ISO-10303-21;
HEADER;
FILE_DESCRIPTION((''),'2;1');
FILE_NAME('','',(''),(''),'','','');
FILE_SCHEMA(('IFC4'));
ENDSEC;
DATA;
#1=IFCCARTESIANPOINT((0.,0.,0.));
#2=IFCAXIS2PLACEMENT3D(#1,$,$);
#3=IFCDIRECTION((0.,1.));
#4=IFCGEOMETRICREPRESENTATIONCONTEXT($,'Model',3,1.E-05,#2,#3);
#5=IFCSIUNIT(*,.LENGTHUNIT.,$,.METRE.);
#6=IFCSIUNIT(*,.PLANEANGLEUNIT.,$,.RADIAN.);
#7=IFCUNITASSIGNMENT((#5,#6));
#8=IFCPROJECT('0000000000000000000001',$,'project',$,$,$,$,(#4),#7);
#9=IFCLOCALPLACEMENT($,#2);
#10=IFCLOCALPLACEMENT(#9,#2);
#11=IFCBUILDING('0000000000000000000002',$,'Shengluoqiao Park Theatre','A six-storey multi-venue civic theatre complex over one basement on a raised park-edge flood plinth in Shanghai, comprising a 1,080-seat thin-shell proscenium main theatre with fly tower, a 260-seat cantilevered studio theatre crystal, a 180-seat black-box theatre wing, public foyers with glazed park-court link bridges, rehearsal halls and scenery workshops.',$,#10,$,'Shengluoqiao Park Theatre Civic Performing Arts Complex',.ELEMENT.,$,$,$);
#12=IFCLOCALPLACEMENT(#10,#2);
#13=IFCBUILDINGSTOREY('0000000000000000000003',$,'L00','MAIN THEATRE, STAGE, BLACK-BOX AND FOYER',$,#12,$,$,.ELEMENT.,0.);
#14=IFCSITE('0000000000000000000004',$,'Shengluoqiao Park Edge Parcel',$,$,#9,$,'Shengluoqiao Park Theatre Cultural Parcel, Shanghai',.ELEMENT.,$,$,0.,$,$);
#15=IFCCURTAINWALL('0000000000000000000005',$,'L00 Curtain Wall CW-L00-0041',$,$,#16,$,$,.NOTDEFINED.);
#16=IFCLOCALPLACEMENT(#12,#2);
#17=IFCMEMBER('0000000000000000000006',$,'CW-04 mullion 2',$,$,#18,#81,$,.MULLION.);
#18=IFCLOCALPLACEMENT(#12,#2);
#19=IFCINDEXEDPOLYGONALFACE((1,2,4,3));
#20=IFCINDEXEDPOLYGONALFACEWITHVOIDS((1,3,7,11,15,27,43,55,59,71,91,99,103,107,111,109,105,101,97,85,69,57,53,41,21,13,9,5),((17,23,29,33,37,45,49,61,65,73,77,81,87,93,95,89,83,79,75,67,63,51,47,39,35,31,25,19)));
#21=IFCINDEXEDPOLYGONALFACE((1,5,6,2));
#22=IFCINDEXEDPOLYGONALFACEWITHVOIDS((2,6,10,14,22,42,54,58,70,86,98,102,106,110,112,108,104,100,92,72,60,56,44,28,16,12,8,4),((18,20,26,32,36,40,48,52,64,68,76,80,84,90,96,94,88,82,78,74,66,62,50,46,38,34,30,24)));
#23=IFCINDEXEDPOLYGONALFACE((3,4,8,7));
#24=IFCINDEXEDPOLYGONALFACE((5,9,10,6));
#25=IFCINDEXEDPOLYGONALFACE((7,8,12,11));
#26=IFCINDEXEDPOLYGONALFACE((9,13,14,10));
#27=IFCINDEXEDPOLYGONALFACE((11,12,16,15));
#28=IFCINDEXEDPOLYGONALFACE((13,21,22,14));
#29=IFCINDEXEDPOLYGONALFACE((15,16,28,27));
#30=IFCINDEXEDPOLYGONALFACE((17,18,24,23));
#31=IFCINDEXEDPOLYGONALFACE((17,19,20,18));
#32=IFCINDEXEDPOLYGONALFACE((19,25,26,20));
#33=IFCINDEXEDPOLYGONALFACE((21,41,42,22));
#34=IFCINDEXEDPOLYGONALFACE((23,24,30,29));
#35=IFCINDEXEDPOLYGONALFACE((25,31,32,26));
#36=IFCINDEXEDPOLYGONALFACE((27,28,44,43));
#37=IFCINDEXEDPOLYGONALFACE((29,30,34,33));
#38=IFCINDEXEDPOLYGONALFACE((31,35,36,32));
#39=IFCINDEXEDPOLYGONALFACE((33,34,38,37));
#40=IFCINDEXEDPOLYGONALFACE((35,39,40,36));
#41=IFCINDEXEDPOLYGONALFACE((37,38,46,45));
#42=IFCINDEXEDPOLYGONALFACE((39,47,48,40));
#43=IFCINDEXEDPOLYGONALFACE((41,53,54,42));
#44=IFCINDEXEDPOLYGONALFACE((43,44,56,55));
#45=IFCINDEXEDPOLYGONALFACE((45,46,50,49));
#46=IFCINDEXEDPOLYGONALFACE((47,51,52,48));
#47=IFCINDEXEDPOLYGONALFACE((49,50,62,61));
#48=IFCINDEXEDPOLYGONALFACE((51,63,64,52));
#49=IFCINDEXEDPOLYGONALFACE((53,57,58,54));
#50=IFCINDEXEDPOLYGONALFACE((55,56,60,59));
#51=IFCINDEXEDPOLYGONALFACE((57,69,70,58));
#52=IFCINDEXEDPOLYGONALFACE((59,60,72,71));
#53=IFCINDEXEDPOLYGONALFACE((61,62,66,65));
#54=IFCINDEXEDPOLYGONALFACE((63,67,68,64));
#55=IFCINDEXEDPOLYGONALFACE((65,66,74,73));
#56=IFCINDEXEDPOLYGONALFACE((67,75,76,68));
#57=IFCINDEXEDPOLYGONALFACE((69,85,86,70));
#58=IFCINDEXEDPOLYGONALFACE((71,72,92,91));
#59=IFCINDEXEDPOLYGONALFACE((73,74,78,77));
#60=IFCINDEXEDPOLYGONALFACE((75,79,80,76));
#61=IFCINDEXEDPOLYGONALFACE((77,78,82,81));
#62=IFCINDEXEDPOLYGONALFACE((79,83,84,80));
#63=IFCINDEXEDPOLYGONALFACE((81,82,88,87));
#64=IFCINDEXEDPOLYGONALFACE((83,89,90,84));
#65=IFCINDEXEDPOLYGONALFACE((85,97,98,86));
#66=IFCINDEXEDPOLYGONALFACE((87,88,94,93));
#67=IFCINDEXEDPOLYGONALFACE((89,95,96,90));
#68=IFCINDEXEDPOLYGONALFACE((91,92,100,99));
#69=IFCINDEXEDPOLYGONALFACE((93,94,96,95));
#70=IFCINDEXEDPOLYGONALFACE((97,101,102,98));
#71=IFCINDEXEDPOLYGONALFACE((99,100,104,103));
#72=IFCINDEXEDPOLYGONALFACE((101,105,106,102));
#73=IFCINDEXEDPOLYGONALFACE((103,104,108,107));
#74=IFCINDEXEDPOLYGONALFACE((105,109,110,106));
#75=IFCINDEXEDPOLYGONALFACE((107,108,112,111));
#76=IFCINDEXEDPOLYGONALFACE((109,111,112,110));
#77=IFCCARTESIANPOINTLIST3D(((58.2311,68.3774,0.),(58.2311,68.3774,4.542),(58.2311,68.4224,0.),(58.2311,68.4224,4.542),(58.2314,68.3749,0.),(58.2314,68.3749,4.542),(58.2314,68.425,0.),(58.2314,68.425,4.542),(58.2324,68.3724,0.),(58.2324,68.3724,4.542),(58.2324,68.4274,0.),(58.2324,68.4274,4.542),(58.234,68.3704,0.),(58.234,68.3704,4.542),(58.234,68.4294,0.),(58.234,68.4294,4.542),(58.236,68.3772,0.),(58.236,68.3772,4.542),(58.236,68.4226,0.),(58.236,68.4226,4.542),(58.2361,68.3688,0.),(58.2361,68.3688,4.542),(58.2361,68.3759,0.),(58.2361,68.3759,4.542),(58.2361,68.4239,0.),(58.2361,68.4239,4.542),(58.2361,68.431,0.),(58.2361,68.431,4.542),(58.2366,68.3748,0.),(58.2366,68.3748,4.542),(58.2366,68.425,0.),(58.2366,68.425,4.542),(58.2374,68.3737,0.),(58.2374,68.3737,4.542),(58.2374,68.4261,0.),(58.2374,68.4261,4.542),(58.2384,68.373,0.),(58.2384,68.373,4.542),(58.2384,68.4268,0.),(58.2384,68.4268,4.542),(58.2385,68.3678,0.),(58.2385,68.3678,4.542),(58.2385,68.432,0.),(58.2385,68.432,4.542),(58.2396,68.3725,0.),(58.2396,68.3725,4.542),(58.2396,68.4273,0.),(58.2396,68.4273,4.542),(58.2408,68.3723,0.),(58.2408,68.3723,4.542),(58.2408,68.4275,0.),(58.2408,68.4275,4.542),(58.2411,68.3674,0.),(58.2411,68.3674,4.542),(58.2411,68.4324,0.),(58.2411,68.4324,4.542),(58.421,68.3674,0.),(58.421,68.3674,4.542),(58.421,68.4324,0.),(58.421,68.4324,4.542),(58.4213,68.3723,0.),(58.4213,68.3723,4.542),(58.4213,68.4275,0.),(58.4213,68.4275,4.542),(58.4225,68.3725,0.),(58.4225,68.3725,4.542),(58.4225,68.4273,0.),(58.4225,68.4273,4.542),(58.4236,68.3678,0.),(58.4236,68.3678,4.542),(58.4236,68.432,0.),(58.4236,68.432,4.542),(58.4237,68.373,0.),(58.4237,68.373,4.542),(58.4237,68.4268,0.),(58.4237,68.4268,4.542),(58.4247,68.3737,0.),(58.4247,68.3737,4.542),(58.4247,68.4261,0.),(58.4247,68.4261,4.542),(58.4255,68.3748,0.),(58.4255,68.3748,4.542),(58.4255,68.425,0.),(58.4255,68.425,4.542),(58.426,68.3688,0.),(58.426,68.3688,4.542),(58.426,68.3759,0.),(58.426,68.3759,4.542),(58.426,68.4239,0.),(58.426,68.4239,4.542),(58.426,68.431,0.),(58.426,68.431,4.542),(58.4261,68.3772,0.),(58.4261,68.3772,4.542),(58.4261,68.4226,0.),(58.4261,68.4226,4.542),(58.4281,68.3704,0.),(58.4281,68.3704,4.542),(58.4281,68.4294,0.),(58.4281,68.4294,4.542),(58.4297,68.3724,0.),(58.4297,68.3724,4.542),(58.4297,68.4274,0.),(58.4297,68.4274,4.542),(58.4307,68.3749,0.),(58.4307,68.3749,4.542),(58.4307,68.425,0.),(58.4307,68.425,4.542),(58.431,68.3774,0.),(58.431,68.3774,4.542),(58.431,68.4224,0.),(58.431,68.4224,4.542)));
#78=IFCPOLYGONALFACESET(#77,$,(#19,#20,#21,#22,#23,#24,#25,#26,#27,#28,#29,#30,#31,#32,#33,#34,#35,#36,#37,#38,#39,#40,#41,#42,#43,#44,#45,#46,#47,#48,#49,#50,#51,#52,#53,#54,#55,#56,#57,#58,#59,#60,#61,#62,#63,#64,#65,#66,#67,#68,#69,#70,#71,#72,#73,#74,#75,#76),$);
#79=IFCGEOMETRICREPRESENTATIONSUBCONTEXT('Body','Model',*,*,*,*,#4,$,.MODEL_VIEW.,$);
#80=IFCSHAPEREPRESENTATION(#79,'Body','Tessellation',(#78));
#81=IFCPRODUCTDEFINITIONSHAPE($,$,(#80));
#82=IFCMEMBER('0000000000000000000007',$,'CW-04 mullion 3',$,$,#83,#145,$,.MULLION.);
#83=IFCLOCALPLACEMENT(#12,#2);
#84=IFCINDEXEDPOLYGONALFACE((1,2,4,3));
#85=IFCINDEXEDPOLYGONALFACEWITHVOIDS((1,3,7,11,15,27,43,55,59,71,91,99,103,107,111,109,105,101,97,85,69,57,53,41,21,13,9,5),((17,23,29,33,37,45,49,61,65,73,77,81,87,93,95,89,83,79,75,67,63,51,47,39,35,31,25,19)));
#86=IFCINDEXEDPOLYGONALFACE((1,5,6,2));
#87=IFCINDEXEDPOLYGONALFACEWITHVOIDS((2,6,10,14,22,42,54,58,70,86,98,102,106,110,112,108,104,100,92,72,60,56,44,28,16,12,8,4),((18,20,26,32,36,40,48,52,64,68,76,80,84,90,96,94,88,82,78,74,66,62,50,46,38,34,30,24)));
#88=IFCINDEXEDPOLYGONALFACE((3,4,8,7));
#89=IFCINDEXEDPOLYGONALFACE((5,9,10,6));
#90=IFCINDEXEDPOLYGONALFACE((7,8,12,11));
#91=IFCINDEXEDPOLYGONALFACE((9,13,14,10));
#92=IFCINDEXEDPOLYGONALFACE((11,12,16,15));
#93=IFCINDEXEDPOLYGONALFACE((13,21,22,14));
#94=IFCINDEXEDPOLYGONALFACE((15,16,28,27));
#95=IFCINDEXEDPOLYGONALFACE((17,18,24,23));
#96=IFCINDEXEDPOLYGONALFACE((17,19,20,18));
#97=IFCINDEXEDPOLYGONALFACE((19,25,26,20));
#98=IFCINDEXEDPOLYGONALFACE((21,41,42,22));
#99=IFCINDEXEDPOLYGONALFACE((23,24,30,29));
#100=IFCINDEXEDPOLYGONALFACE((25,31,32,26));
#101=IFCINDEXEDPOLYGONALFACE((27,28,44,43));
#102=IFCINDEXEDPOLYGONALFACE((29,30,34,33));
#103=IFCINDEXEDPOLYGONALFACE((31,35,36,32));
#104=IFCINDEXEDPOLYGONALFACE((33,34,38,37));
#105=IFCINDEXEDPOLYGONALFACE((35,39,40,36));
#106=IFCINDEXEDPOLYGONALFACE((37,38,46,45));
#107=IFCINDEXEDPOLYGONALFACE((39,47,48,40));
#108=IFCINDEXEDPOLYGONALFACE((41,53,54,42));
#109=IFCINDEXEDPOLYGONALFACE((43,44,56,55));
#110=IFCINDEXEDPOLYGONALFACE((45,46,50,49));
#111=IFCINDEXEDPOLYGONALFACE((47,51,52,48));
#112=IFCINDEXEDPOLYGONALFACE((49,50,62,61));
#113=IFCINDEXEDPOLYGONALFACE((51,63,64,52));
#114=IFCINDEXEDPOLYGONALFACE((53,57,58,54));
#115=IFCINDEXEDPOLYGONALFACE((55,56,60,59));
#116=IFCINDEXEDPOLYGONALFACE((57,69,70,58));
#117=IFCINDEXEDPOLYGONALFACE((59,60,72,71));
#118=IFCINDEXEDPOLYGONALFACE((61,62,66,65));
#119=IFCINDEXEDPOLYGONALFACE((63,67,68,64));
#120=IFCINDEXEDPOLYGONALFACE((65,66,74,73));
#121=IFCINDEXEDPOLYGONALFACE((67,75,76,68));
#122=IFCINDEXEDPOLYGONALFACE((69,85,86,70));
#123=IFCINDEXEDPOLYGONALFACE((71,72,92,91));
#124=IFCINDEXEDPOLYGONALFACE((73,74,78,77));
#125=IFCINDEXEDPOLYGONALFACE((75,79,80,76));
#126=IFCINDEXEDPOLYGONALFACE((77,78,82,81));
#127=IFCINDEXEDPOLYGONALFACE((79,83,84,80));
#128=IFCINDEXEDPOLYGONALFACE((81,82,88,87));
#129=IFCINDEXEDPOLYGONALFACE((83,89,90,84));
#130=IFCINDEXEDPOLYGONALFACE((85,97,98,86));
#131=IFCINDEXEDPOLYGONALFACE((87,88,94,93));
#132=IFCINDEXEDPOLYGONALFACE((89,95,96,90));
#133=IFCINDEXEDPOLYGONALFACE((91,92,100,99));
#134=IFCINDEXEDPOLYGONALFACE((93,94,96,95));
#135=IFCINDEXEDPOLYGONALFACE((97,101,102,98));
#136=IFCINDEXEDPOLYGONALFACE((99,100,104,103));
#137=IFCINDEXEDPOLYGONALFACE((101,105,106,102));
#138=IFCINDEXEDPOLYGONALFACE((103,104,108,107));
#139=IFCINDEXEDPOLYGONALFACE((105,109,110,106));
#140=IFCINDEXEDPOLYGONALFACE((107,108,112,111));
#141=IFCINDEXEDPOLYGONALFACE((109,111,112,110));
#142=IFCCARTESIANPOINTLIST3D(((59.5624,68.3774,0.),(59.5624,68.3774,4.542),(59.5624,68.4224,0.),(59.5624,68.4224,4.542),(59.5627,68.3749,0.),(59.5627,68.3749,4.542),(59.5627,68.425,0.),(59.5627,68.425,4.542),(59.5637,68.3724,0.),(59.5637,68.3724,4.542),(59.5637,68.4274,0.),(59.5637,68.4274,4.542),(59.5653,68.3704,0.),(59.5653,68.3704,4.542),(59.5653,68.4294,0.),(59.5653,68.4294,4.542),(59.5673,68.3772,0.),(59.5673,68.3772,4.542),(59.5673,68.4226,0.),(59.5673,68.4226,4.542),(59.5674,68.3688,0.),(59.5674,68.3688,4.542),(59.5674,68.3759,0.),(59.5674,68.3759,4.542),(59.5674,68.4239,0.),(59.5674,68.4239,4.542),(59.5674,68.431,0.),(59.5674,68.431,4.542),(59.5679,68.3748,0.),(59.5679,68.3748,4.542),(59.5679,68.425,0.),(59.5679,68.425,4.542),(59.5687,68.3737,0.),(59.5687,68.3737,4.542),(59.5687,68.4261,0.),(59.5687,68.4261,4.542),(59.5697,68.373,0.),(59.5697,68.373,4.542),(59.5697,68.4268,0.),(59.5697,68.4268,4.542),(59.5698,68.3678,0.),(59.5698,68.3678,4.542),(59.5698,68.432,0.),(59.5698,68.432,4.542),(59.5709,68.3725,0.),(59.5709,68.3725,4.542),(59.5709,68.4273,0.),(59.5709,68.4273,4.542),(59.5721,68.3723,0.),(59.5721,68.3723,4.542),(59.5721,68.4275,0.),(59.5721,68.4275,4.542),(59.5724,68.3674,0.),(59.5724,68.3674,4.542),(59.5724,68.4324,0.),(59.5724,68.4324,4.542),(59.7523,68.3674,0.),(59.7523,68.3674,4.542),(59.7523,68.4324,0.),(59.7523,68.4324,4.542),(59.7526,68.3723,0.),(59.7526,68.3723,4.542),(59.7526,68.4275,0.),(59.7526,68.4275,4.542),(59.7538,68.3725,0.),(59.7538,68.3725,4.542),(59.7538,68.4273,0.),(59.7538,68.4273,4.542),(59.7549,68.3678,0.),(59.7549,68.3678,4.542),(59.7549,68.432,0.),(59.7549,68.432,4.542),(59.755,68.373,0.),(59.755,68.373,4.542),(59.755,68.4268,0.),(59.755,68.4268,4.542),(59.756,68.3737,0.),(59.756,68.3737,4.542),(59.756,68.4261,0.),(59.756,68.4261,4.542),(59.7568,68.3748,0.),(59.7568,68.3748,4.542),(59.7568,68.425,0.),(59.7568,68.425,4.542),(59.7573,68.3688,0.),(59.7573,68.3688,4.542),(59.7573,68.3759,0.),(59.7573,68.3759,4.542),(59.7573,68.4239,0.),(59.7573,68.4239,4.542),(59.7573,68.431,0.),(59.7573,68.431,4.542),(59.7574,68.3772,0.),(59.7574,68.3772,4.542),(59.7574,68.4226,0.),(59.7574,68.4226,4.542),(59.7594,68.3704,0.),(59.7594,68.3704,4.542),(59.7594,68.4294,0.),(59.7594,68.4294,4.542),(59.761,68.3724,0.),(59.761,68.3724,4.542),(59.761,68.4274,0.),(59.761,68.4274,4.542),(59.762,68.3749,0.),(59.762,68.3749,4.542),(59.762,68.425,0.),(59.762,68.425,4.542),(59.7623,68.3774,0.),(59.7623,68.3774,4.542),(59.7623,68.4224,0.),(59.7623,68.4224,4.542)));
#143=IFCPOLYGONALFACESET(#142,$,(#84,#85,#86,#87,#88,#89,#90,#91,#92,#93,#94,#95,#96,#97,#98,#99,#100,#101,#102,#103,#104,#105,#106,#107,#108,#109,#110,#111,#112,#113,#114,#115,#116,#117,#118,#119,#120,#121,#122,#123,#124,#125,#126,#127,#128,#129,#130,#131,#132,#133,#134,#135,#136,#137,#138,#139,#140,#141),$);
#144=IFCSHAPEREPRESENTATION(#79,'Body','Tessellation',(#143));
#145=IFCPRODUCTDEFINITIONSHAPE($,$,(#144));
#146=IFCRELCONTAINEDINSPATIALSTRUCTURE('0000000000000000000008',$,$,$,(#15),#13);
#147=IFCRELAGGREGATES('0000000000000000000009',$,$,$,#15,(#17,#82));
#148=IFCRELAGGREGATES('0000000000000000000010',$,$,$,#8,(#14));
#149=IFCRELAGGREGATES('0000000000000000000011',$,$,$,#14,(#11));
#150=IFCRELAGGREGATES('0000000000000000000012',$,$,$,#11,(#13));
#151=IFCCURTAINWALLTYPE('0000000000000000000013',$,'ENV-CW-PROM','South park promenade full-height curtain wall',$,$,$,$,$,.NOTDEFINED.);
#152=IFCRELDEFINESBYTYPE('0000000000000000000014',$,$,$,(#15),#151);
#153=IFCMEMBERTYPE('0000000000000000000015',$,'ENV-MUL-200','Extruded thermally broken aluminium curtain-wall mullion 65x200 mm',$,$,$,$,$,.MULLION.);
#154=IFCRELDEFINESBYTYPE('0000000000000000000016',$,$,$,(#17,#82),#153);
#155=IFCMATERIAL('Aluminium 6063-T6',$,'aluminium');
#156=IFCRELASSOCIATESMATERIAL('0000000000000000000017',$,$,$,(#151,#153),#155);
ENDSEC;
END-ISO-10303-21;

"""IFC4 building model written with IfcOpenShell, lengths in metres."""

from ifc_helpers import new_model, si_unit, direction, frame, origin, origin_2d, place, context, subcontext, project, spatial, hollow_rectangle, extrude, material, material_profile, profile_set, type_object, element, aggregate, save


model = new_model("IFC4")

# Units and contexts
model_context = context("Model", 3, precision=1e-05, world=origin(), true_north=direction((0.0, 1.0)))
body_context = subcontext(model_context, "Body", "Model", "MODEL_VIEW")
ifc_project = project(units=[si_unit("LENGTHUNIT", "METRE"), si_unit("PLANEANGLEUNIT", "RADIAN")], contexts=[model_context])

# Site, building, storey
site_placement = place(None, origin())
site = spatial("IfcSite", under=ifc_project, at=site_placement, Name="Shengluoqiao Park Edge Parcel", LongName="Shengluoqiao Park Theatre Cultural Parcel, Shanghai", CompositionType="ELEMENT", RefElevation=0.0)
building_placement = place(site_placement, origin())
building = spatial("IfcBuilding", under=site, at=building_placement, Name="Shengluoqiao Park Theatre", Description="A six-storey multi-venue civic theatre complex over one basement on a raised park-edge flood plinth in Shanghai, comprising a 1,080-seat thin-shell proscenium main theatre with fly tower, a 260-seat cantilevered studio theatre crystal, a 180-seat black-box theatre wing, public foyers with glazed park-court link bridges, rehearsal halls and scenery workshops.", LongName="Shengluoqiao Park Theatre Civic Performing Arts Complex", CompositionType="ELEMENT")
storey_placement = place(building_placement, origin())
storey = spatial("IfcBuildingStorey", under=building, at=storey_placement, Name="L00", Description="MAIN THEATRE, STAGE, BLACK-BOX AND FOYER", CompositionType="ELEMENT", Elevation=0.0)

# Curtain wall, members
ifc_material_1 = material(Name="Aluminium 6063-T6", Category="aluminium")
curtain_wall_type = type_object("IfcCurtainWallType", Name="ENV-CW-PROM", Description="South park promenade full-height curtain wall", PredefinedType="NOTDEFINED", material=ifc_material_1)
curtain_wall_1_placement = place(storey_placement, origin())
curtain_wall_1 = element("IfcCurtainWall", 1, at=curtain_wall_1_placement, inside=storey, type_object=curtain_wall_type, Name="L00 Curtain Wall CW-L00-0041", PredefinedType="NOTDEFINED")
ifc_material_profile_1 = material_profile(ifc_material_1, hollow_rectangle(XDim=0.0649, YDim=0.2, WallThickness=0.0049, InnerFilletRadius=0.0049, OuterFilletRadius=0.01, at=origin_2d()), Name="ALU MULLION 200x65x5")
ifc_profile_set_1 = profile_set([ifc_material_profile_1], Name="Aluminium 6063-T6")
member_type_1 = type_object("IfcMemberType", Name="ENV-MUL-200", Description="Extruded thermally broken aluminium curtain-wall mullion 65x200 mm", PredefinedType="MULLION", material=ifc_profile_set_1)
member_1_placement = place(storey_placement, frame((58.3311, 68.3999, 0.0), z_axis=(0.0, 0.0, 1.0), x_axis=(0.0, 1.0, 0.0)))
member_1 = element("IfcMember", 2, at=member_1_placement, type_object=member_type_1, Name="CW-04 mullion 2", PredefinedType="MULLION", context=body_context, shape_type="SweptSolid", body=[
    extrude(hollow_rectangle(XDim=0.0649, YDim=0.2, WallThickness=0.0049, InnerFilletRadius=0.0049, OuterFilletRadius=0.01, at=origin_2d()), origin(), (0.0, 0.0, 1.0), 4.542),
])
member_2_placement = place(storey_placement, frame((59.6624, 68.3999, 0.0), z_axis=(0.0, 0.0, 1.0), x_axis=(0.0, 1.0, 0.0)))
member_2 = element("IfcMember", 3, at=member_2_placement, type_object=member_type_1, Name="CW-04 mullion 3", PredefinedType="MULLION", context=body_context, shape_type="SweptSolid", body=[
    extrude(hollow_rectangle(XDim=0.0649, YDim=0.2, WallThickness=0.0049, InnerFilletRadius=0.0049, OuterFilletRadius=0.01, at=origin_2d()), origin(), (0.0, 0.0, 1.0), 4.542),
])

aggregate(curtain_wall_1, [member_1, member_2])

save(model, "model.ifc")
